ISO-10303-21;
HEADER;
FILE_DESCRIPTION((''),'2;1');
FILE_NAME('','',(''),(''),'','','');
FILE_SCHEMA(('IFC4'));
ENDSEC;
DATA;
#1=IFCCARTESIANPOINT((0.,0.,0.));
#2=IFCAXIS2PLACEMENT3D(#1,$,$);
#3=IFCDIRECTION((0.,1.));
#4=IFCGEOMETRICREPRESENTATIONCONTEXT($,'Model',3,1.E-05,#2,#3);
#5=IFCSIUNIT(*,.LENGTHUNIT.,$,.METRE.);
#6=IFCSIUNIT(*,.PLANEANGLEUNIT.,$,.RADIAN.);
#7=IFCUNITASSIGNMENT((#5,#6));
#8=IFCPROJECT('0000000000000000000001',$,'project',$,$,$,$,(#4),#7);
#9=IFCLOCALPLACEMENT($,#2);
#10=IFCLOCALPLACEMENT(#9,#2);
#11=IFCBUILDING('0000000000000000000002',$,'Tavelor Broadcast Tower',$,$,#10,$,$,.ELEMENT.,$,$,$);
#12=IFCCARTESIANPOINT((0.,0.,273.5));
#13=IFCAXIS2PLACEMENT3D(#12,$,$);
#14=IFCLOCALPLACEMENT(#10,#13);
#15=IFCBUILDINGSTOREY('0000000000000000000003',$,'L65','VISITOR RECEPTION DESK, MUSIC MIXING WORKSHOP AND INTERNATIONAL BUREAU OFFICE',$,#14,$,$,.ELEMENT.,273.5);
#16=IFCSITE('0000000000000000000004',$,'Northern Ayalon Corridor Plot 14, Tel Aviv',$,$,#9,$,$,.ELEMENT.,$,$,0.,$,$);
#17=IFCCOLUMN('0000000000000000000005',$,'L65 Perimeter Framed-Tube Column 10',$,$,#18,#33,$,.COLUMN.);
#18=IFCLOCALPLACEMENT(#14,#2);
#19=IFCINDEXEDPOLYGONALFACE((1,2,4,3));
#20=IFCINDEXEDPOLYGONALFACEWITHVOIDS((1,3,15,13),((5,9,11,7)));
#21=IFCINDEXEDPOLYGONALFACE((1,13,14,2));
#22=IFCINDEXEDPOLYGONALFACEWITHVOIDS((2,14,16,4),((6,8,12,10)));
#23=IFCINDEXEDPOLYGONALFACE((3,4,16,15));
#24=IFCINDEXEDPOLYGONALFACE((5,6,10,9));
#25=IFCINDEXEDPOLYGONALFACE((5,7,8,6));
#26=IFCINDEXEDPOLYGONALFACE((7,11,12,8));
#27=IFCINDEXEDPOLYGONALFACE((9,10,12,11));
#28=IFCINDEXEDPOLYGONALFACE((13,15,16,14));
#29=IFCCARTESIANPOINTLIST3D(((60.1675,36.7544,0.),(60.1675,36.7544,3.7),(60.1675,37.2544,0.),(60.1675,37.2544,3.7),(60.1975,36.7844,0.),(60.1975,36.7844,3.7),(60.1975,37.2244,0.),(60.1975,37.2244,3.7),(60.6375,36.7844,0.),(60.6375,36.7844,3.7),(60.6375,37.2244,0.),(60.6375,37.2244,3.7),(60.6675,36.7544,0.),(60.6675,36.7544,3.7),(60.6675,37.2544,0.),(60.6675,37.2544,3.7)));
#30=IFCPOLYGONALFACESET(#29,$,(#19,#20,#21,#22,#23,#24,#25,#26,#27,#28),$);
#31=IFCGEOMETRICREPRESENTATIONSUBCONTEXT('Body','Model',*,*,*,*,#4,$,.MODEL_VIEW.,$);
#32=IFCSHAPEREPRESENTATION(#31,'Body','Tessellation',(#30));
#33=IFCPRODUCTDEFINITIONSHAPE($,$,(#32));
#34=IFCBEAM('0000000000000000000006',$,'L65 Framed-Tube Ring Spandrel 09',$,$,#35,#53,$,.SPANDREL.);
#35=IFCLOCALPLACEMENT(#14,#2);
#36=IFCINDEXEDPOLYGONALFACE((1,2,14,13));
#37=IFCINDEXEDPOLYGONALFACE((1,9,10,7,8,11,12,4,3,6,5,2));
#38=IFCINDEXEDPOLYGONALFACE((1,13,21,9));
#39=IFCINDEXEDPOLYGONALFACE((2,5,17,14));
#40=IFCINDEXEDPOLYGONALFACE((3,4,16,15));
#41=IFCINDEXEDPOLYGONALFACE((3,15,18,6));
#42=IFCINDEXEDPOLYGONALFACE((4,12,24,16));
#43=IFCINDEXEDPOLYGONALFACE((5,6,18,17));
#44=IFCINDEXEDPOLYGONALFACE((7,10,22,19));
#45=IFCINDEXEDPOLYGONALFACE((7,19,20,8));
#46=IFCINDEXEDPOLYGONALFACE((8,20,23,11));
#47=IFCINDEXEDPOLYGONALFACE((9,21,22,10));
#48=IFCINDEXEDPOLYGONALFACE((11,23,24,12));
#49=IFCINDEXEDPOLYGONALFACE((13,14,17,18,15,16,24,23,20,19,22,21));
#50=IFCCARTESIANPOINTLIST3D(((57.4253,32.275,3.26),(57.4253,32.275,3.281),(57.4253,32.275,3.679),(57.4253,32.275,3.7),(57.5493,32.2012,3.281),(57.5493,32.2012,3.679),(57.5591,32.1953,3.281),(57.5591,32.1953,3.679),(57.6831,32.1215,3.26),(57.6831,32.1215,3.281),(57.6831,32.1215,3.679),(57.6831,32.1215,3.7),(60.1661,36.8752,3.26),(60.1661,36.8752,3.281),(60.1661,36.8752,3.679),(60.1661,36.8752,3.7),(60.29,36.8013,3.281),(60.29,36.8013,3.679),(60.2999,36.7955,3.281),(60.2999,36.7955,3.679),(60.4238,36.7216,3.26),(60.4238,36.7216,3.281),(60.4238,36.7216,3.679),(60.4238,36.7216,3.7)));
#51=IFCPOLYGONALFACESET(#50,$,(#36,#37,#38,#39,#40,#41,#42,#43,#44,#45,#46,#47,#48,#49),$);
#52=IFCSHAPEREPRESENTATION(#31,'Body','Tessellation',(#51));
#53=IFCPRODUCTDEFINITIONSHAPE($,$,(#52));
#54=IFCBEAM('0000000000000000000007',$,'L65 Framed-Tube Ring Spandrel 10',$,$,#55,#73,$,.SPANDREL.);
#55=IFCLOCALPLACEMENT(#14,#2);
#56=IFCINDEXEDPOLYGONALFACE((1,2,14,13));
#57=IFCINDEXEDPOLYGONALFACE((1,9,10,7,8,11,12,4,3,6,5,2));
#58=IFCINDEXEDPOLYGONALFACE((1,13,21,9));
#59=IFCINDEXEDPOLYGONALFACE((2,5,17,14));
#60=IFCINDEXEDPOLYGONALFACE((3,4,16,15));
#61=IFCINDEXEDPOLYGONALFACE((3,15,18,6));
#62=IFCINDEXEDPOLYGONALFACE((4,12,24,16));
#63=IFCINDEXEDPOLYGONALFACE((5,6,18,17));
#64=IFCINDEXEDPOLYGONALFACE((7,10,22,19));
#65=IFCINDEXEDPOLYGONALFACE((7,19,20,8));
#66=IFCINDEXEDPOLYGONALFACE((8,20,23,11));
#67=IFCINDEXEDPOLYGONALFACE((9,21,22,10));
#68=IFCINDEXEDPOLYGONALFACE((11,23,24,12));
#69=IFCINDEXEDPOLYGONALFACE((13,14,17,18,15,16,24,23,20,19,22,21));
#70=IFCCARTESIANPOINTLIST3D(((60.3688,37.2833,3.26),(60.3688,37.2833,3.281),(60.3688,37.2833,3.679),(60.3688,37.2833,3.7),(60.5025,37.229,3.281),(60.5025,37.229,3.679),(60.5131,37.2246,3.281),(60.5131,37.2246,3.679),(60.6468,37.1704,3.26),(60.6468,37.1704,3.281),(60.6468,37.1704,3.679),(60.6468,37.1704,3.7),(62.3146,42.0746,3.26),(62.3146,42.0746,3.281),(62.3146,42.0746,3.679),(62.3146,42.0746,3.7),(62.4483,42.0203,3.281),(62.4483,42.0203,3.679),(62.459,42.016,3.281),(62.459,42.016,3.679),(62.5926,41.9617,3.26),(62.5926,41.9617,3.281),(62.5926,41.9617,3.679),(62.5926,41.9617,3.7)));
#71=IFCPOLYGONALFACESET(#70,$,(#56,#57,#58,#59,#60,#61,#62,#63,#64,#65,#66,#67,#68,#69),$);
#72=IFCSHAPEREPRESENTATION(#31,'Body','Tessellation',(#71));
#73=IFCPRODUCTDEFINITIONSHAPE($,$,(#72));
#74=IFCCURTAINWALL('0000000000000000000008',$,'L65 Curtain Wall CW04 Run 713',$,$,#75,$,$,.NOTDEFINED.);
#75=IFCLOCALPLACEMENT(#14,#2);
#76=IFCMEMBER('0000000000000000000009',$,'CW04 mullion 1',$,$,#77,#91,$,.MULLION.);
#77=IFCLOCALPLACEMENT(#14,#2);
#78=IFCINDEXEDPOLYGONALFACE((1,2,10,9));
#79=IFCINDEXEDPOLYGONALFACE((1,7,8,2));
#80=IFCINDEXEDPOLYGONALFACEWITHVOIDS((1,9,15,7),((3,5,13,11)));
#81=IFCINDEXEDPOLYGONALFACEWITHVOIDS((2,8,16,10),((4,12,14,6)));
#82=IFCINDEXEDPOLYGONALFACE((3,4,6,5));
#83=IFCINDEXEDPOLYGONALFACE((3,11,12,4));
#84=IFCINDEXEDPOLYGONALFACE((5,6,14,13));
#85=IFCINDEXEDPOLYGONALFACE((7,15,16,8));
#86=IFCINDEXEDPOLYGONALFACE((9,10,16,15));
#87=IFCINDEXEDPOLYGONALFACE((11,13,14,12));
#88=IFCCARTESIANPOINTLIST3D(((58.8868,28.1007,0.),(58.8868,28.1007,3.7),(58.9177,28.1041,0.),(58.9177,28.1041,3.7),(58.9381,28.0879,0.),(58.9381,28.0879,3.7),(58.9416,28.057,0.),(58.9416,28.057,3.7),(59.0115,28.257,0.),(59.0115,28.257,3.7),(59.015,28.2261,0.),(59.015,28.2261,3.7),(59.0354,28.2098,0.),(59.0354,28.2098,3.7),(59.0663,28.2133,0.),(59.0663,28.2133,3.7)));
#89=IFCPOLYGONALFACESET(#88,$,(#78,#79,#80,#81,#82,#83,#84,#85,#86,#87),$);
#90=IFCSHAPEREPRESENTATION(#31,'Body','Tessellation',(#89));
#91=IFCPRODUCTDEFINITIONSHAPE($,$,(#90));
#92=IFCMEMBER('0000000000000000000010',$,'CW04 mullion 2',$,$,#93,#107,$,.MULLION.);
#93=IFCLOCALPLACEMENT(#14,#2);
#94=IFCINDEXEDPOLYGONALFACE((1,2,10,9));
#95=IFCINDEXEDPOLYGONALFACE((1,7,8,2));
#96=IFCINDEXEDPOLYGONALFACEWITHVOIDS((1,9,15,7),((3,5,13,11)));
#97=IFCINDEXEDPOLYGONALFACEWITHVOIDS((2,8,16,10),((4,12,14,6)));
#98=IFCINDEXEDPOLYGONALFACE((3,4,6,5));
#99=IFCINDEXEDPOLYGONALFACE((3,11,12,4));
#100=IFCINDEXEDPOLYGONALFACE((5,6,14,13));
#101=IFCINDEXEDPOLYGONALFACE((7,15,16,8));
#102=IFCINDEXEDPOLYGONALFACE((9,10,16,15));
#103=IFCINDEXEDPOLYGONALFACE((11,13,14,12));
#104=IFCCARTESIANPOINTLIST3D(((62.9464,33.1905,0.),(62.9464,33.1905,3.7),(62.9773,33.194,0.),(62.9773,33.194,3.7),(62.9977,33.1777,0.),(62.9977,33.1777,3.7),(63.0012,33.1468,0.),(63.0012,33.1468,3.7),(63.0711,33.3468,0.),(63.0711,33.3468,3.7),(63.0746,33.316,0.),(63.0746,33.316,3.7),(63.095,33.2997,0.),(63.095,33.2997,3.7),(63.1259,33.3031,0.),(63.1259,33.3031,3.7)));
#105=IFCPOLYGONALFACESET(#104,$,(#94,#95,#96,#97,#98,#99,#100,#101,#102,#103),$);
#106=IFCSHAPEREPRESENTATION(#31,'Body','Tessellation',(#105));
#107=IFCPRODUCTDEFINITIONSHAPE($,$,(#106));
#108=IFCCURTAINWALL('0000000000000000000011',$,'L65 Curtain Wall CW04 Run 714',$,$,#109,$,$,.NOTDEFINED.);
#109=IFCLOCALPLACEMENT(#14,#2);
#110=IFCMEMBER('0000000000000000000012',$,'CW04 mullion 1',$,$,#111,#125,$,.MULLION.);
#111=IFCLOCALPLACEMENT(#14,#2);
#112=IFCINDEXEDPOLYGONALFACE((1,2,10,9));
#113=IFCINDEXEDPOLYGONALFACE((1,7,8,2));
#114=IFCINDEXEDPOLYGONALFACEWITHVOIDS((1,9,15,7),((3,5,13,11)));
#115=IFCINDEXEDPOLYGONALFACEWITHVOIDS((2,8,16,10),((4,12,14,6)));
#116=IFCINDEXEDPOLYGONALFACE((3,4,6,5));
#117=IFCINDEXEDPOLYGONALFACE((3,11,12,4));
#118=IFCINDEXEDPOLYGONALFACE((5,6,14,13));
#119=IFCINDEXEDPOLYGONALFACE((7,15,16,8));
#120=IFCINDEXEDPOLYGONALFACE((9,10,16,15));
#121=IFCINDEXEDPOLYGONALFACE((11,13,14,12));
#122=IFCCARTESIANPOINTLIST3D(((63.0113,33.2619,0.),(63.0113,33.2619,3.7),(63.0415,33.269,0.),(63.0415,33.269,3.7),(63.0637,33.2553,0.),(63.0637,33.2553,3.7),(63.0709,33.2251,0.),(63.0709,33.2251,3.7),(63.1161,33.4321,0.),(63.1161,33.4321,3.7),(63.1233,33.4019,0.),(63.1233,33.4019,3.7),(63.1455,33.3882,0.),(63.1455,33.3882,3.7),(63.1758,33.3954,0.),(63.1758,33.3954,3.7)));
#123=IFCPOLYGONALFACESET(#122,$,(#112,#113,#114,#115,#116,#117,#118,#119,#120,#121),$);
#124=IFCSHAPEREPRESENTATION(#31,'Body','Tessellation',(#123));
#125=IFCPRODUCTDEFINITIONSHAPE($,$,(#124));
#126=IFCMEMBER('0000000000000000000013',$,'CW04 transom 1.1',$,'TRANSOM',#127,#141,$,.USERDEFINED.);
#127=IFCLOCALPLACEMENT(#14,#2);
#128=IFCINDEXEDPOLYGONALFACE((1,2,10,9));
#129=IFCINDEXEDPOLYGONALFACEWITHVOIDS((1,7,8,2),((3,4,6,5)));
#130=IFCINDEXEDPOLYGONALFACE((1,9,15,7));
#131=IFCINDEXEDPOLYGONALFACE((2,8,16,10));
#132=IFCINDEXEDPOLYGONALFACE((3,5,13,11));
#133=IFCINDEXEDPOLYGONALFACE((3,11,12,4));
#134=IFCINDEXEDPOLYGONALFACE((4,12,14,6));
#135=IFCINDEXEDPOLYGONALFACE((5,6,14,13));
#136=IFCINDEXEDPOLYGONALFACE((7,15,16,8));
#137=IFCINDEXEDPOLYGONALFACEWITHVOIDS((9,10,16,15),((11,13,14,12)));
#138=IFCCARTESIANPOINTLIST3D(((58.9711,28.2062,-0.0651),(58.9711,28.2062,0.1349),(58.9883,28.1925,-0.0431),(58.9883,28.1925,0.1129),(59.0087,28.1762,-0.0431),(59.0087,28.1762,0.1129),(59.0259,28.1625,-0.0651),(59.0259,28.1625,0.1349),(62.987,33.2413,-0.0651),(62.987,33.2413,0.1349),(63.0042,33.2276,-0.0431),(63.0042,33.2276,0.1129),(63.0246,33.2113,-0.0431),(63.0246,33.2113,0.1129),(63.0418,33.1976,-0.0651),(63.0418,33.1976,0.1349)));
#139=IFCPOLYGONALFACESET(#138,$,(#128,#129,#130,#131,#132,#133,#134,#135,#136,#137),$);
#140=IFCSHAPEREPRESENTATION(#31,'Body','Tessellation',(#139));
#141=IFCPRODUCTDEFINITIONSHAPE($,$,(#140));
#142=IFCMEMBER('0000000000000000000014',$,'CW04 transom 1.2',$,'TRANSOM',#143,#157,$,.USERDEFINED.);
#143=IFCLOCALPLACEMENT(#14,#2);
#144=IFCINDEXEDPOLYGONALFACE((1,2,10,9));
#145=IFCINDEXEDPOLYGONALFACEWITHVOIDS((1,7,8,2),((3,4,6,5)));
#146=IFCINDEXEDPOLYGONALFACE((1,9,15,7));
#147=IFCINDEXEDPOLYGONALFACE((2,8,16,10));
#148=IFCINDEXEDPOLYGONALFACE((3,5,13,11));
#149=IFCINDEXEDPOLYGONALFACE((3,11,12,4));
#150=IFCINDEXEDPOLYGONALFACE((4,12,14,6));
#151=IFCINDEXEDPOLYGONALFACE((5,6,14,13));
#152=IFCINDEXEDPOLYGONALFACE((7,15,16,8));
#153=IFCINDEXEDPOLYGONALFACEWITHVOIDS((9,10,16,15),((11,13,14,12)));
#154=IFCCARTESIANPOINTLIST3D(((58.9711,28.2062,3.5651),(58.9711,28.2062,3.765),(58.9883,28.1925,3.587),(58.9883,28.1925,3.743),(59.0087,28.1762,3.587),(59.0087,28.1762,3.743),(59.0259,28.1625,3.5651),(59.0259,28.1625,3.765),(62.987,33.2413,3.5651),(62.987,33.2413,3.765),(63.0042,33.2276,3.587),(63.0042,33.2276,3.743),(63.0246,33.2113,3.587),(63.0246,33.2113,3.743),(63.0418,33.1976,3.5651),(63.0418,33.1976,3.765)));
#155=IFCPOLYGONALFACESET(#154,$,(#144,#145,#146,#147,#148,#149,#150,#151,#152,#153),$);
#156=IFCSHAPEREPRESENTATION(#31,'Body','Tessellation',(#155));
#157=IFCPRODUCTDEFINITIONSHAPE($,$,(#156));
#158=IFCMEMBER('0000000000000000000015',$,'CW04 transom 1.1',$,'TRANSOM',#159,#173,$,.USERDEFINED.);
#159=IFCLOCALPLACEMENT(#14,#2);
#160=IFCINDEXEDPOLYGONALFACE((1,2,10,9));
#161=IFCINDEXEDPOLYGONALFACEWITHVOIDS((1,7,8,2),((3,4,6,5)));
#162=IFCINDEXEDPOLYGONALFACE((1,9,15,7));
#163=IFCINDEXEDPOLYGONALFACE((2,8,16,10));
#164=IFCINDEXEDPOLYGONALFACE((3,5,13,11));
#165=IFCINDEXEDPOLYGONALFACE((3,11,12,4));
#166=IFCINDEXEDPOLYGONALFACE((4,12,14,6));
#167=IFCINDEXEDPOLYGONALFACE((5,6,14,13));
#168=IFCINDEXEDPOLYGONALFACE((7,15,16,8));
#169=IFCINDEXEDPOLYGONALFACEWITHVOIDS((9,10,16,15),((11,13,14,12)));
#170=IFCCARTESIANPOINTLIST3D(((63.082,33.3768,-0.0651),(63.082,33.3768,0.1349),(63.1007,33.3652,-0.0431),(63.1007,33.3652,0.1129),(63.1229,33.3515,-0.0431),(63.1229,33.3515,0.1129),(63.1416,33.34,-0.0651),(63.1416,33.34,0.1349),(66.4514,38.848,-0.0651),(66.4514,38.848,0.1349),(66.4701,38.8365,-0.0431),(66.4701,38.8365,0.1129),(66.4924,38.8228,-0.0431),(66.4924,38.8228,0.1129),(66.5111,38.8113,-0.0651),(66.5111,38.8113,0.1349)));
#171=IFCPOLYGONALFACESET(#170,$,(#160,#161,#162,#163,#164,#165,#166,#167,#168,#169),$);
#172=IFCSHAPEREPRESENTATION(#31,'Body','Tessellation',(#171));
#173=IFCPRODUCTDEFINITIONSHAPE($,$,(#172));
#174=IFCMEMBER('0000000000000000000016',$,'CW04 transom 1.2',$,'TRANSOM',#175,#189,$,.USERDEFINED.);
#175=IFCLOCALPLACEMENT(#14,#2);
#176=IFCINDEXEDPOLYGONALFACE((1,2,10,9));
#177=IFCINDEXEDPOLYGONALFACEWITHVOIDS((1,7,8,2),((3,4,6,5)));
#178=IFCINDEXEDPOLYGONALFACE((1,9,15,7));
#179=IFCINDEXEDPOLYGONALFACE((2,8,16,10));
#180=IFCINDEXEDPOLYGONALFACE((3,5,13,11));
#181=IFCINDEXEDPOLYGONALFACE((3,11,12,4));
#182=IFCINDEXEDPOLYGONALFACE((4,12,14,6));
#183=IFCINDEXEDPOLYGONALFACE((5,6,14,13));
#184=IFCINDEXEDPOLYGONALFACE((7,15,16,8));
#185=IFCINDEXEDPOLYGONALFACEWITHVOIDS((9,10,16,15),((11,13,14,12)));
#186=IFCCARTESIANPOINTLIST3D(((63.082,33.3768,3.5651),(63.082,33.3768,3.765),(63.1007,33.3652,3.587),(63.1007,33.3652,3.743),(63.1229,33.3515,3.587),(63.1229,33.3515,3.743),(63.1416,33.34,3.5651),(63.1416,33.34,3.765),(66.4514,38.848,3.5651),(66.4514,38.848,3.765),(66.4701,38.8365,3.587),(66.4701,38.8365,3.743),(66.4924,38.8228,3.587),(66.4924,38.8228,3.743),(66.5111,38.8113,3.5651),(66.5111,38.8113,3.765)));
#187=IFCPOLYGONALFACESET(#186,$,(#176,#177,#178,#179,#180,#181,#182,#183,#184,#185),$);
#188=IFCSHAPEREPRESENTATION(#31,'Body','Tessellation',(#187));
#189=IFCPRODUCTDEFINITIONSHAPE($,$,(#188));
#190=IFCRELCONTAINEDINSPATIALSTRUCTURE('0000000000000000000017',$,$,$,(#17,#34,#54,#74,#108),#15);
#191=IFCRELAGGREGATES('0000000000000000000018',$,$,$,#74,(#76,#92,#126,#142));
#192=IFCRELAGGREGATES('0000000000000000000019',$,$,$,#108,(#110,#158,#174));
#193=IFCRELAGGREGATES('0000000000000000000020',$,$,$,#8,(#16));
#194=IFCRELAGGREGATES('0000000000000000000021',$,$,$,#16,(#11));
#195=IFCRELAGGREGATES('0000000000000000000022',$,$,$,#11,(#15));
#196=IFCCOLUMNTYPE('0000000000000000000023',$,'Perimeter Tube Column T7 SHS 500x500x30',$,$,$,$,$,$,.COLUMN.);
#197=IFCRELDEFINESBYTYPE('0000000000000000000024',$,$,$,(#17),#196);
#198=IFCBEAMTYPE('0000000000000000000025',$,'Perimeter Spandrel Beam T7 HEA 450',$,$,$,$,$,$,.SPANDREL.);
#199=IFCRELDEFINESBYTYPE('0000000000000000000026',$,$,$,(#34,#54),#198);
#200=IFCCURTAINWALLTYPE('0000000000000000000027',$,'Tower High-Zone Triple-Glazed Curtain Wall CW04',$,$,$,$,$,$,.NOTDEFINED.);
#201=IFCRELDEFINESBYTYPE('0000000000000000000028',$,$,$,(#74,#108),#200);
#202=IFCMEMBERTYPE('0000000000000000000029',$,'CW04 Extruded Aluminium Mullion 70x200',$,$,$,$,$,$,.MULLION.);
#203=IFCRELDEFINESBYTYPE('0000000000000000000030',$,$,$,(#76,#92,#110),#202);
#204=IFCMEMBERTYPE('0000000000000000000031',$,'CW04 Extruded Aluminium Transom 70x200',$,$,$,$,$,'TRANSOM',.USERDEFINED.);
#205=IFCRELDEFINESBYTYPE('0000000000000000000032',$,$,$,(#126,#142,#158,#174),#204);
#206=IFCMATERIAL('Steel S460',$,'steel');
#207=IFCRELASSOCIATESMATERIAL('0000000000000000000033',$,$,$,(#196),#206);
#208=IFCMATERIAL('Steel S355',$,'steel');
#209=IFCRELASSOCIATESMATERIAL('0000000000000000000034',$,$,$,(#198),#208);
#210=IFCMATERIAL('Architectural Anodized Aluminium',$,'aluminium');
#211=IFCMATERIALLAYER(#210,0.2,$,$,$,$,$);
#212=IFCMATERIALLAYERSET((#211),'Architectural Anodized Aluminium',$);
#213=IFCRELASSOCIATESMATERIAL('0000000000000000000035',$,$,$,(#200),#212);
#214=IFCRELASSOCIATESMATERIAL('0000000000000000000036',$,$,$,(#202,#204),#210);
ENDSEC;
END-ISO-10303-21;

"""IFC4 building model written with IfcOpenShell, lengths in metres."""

from ifc_helpers import new_model, si_unit, direction, frame, origin, origin_2d, place, context, subcontext, project, spatial, hollow_rectangle, i_section, extrude, source, transform, mapped, material, layer, layer_set, material_profile, profile_set, type_object, type_shapes, element, aggregate, save


model = new_model("IFC4")

# Units and contexts
model_context = context("Model", 3, precision=1e-05, world=origin(), true_north=direction((0.0, 1.0)))
body_context = subcontext(model_context, "Body", "Model", "MODEL_VIEW")
ifc_project = project(units=[si_unit("LENGTHUNIT", "METRE"), si_unit("PLANEANGLEUNIT", "RADIAN")], contexts=[model_context])

# Site, building, storey
site_placement = place(None, origin())
site = spatial("IfcSite", under=ifc_project, at=site_placement, Name="Northern Ayalon Corridor Plot 14, Tel Aviv", CompositionType="ELEMENT", RefElevation=0.0)
building_placement = place(site_placement, origin())
building = spatial("IfcBuilding", under=site, at=building_placement, Name="Tavelor Broadcast Tower", CompositionType="ELEMENT")
storey_placement = place(building_placement, frame((0.0, 0.0, 273.5)))
storey = spatial("IfcBuildingStorey", under=building, at=storey_placement, Name="L65", Description="VISITOR RECEPTION DESK, MUSIC MIXING WORKSHOP AND INTERNATIONAL BUREAU OFFICE", CompositionType="ELEMENT", Elevation=273.5)

# Column
ifc_material_1 = material(Name="Steel S460", Category="steel")
ifc_material_profile_1 = material_profile(ifc_material_1, hollow_rectangle(XDim=0.5, YDim=0.5, WallThickness=0.03, at=origin_2d()), Name="SHS 500x500x30")
ifc_profile_set_1 = profile_set([ifc_material_profile_1], Name="Steel S460")
column_type = type_object("IfcColumnType", Name="Perimeter Tube Column T7 SHS 500x500x30", PredefinedType="COLUMN", material=ifc_profile_set_1)
column_placement = place(storey_placement, frame((60.4175, 37.0044, 0.0), z_axis=(0.0, 0.0, 1.0), x_axis=(1.0, 0.0, 0.0)))
element("IfcColumn", 1, at=column_placement, inside=storey, type_object=column_type, Name="L65 Perimeter Framed-Tube Column 10", PredefinedType="COLUMN", context=body_context, shape_type="SweptSolid", body=[
    extrude(hollow_rectangle(XDim=0.5, YDim=0.5, WallThickness=0.03, at=origin_2d()), origin(), (0.0, 0.0, 1.0), 3.7),
])

# Beams
ifc_material_2 = material(Name="Steel S355", Category="steel")
ifc_material_profile_2 = material_profile(ifc_material_2, i_section(OverallWidth=0.3, OverallDepth=0.4399, WebThickness=0.0115, FlangeThickness=0.021, at=origin_2d()), Name="HEA 450")
ifc_profile_set_2 = profile_set([ifc_material_profile_2], Name="Steel S355")
beam_type = type_object("IfcBeamType", Name="Perimeter Spandrel Beam T7 HEA 450", PredefinedType="SPANDREL", material=ifc_profile_set_2)
beam_1_placement = place(storey_placement, frame((57.5542, 32.1982, 3.48), z_axis=(0.511838, 0.859082, 0.0), x_axis=(-0.859082, 0.511838, 0.0)))
element("IfcBeam", 2, at=beam_1_placement, inside=storey, type_object=beam_type, Name="L65 Framed-Tube Ring Spandrel 09", PredefinedType="SPANDREL", context=body_context, shape_type="SweptSolid", body=[
    extrude(i_section(OverallWidth=0.3, OverallDepth=0.4399, WebThickness=0.0115, FlangeThickness=0.021, at=origin_2d()), origin(), (0.0, 0.0, 1.0), 5.3547),
])
beam_2_placement = place(storey_placement, frame((60.5078, 37.2268, 3.48), z_axis=(0.376269, 0.92651, 0.0), x_axis=(-0.92651, 0.376269, 0.0)))
element("IfcBeam", 3, at=beam_2_placement, inside=storey, type_object=beam_type, Name="L65 Framed-Tube Ring Spandrel 10", PredefinedType="SPANDREL", context=body_context, shape_type="SweptSolid", body=[
    extrude(i_section(OverallWidth=0.3, OverallDepth=0.4399, WebThickness=0.0115, FlangeThickness=0.021, at=origin_2d()), origin(), (0.0, 0.0, 1.0), 5.1714),
])

# Curtain wall, members
ifc_material_3 = material(Name="Architectural Anodized Aluminium", Category="aluminium")
ifc_layer_1 = layer(ifc_material_3, 0.2)
ifc_layer_set_1 = layer_set([ifc_layer_1], Name="Architectural Anodized Aluminium")
curtain_wall_type = type_object("IfcCurtainWallType", Name="Tower High-Zone Triple-Glazed Curtain Wall CW04", PredefinedType="NOTDEFINED", material=ifc_layer_set_1)
curtain_wall_1_placement = place(storey_placement, origin())
curtain_wall_1 = element("IfcCurtainWall", 4, at=curtain_wall_1_placement, inside=storey, type_object=curtain_wall_type, Name="L65 Curtain Wall CW04 Run 713", PredefinedType="NOTDEFINED")
ifc_material_profile_3 = material_profile(ifc_material_3, hollow_rectangle(XDim=0.0701, YDim=0.2, WallThickness=0.022, at=origin_2d()), Name="RHS 70x200x22")
ifc_profile_set_3 = profile_set([ifc_material_profile_3], Name="Architectural Anodized Aluminium")
member_type_1 = type_object("IfcMemberType", Name="CW04 Extruded Aluminium Mullion 70x200", PredefinedType="MULLION", material=ifc_profile_set_3)
shared_shape_1 = source(origin(), body_context, "Body", "SweptSolid", [
    extrude(hollow_rectangle(XDim=0.0701, YDim=0.2, WallThickness=0.022, at=origin_2d()), origin(), (0.0, 0.0, 1.0), 3.7),
])
type_shapes(member_type_1, [shared_shape_1])
member_1_placement = place(storey_placement, frame((58.9766, 28.157, 0.0), z_axis=(0.0, 0.0, 1.0), x_axis=(-0.781787, 0.623545, 0.0)))
member_1 = element("IfcMember", 5, at=member_1_placement, type_object=member_type_1, Name="CW04 mullion 1", PredefinedType="MULLION", context=body_context, shape_type="MappedRepresentation", body=[
    mapped(shared_shape_1, transform((0.0, 0.0, 0.0), scale=1.0)),
])
member_2_placement = place(storey_placement, frame((63.0361, 33.2468, 0.0), z_axis=(0.0, 0.0, 1.0), x_axis=(-0.781787, 0.623545, 0.0)))
member_2 = element("IfcMember", 6, at=member_2_placement, type_object=member_type_1, Name="CW04 mullion 2", PredefinedType="MULLION", context=body_context, shape_type="MappedRepresentation", body=[
    mapped(shared_shape_1, transform((0.0, 0.0, 0.0), scale=1.0)),
])

# Curtain wall, member
curtain_wall_2_placement = place(storey_placement, origin())
curtain_wall_2 = element("IfcCurtainWall", 7, at=curtain_wall_2_placement, inside=storey, type_object=curtain_wall_type, Name="L65 Curtain Wall CW04 Run 714", PredefinedType="NOTDEFINED")
member_3_placement = place(storey_placement, frame((63.0935, 33.3286, 0.0), z_axis=(0.0, 0.0, 1.0), x_axis=(-0.851502, 0.524351, 0.0)))
member_3 = element("IfcMember", 8, at=member_3_placement, type_object=member_type_1, Name="CW04 mullion 1", PredefinedType="MULLION", context=body_context, shape_type="MappedRepresentation", body=[
    mapped(shared_shape_1, transform((0.0, 0.0, 0.0), scale=1.0)),
])

# Members
ifc_material_profile_4 = material_profile(ifc_material_3, hollow_rectangle(XDim=0.0701, YDim=0.2, WallThickness=0.022, at=origin_2d()), Name="RHS 70x200x22")
ifc_profile_set_4 = profile_set([ifc_material_profile_4], Name="Architectural Anodized Aluminium")
member_type_2 = type_object("IfcMemberType", Name="CW04 Extruded Aluminium Transom 70x200", ElementType="TRANSOM", PredefinedType="USERDEFINED", material=ifc_profile_set_4)
shared_shape_2 = source(origin(), body_context, "Body", "SweptSolid", [
    extrude(hollow_rectangle(XDim=0.0701, YDim=0.2, WallThickness=0.022, at=origin_2d()), origin(), (0.0, 0.0, 1.0), 6.4404),
])
member_4_placement = place(storey_placement, frame((58.9985, 28.1843, 0.0349), z_axis=(0.623534, 0.781796, 0.0), x_axis=(-0.781796, 0.623534, 0.0)))
member_4 = element("IfcMember", 9, at=member_4_placement, type_object=member_type_2, Name="CW04 transom 1.1", ObjectType="TRANSOM", PredefinedType="USERDEFINED", context=body_context, shape_type="MappedRepresentation", body=[
    mapped(shared_shape_2, transform((0.0, 0.0, 0.0), scale=1.0)),
])
member_5_placement = place(storey_placement, frame((58.9985, 28.1843, 3.665), z_axis=(0.623534, 0.781796, 0.0), x_axis=(-0.781796, 0.623534, 0.0)))
member_5 = element("IfcMember", 10, at=member_5_placement, type_object=member_type_2, Name="CW04 transom 1.2", ObjectType="TRANSOM", PredefinedType="USERDEFINED", context=body_context, shape_type="MappedRepresentation", body=[
    mapped(shared_shape_2, transform((0.0, 0.0, 0.0), scale=1.0)),
])
shared_shape_3 = source(origin(), body_context, "Body", "SweptSolid", [
    extrude(hollow_rectangle(XDim=0.0701, YDim=0.2, WallThickness=0.022, at=origin_2d()), origin(), (0.0, 0.0, 1.0), 6.4255),
])
type_shapes(member_type_2, [shared_shape_2, shared_shape_3])
member_6_placement = place(storey_placement, frame((63.1118, 33.3584, 0.0349), z_axis=(0.524379, 0.851485, 0.0), x_axis=(-0.851485, 0.524379, 0.0)))
member_6 = element("IfcMember", 11, at=member_6_placement, type_object=member_type_2, Name="CW04 transom 1.1", ObjectType="TRANSOM", PredefinedType="USERDEFINED", context=body_context, shape_type="MappedRepresentation", body=[
    mapped(shared_shape_3, transform((0.0, 0.0, 0.0), scale=1.0)),
])
member_7_placement = place(storey_placement, frame((63.1118, 33.3584, 3.665), z_axis=(0.524379, 0.851485, 0.0), x_axis=(-0.851485, 0.524379, 0.0)))
member_7 = element("IfcMember", 12, at=member_7_placement, type_object=member_type_2, Name="CW04 transom 1.2", ObjectType="TRANSOM", PredefinedType="USERDEFINED", context=body_context, shape_type="MappedRepresentation", body=[
    mapped(shared_shape_3, transform((0.0, 0.0, 0.0), scale=1.0)),
])

aggregate(curtain_wall_1, [member_1, member_2, member_4, member_5])
aggregate(curtain_wall_2, [member_3, member_6, member_7])

save(model, "model.ifc")
